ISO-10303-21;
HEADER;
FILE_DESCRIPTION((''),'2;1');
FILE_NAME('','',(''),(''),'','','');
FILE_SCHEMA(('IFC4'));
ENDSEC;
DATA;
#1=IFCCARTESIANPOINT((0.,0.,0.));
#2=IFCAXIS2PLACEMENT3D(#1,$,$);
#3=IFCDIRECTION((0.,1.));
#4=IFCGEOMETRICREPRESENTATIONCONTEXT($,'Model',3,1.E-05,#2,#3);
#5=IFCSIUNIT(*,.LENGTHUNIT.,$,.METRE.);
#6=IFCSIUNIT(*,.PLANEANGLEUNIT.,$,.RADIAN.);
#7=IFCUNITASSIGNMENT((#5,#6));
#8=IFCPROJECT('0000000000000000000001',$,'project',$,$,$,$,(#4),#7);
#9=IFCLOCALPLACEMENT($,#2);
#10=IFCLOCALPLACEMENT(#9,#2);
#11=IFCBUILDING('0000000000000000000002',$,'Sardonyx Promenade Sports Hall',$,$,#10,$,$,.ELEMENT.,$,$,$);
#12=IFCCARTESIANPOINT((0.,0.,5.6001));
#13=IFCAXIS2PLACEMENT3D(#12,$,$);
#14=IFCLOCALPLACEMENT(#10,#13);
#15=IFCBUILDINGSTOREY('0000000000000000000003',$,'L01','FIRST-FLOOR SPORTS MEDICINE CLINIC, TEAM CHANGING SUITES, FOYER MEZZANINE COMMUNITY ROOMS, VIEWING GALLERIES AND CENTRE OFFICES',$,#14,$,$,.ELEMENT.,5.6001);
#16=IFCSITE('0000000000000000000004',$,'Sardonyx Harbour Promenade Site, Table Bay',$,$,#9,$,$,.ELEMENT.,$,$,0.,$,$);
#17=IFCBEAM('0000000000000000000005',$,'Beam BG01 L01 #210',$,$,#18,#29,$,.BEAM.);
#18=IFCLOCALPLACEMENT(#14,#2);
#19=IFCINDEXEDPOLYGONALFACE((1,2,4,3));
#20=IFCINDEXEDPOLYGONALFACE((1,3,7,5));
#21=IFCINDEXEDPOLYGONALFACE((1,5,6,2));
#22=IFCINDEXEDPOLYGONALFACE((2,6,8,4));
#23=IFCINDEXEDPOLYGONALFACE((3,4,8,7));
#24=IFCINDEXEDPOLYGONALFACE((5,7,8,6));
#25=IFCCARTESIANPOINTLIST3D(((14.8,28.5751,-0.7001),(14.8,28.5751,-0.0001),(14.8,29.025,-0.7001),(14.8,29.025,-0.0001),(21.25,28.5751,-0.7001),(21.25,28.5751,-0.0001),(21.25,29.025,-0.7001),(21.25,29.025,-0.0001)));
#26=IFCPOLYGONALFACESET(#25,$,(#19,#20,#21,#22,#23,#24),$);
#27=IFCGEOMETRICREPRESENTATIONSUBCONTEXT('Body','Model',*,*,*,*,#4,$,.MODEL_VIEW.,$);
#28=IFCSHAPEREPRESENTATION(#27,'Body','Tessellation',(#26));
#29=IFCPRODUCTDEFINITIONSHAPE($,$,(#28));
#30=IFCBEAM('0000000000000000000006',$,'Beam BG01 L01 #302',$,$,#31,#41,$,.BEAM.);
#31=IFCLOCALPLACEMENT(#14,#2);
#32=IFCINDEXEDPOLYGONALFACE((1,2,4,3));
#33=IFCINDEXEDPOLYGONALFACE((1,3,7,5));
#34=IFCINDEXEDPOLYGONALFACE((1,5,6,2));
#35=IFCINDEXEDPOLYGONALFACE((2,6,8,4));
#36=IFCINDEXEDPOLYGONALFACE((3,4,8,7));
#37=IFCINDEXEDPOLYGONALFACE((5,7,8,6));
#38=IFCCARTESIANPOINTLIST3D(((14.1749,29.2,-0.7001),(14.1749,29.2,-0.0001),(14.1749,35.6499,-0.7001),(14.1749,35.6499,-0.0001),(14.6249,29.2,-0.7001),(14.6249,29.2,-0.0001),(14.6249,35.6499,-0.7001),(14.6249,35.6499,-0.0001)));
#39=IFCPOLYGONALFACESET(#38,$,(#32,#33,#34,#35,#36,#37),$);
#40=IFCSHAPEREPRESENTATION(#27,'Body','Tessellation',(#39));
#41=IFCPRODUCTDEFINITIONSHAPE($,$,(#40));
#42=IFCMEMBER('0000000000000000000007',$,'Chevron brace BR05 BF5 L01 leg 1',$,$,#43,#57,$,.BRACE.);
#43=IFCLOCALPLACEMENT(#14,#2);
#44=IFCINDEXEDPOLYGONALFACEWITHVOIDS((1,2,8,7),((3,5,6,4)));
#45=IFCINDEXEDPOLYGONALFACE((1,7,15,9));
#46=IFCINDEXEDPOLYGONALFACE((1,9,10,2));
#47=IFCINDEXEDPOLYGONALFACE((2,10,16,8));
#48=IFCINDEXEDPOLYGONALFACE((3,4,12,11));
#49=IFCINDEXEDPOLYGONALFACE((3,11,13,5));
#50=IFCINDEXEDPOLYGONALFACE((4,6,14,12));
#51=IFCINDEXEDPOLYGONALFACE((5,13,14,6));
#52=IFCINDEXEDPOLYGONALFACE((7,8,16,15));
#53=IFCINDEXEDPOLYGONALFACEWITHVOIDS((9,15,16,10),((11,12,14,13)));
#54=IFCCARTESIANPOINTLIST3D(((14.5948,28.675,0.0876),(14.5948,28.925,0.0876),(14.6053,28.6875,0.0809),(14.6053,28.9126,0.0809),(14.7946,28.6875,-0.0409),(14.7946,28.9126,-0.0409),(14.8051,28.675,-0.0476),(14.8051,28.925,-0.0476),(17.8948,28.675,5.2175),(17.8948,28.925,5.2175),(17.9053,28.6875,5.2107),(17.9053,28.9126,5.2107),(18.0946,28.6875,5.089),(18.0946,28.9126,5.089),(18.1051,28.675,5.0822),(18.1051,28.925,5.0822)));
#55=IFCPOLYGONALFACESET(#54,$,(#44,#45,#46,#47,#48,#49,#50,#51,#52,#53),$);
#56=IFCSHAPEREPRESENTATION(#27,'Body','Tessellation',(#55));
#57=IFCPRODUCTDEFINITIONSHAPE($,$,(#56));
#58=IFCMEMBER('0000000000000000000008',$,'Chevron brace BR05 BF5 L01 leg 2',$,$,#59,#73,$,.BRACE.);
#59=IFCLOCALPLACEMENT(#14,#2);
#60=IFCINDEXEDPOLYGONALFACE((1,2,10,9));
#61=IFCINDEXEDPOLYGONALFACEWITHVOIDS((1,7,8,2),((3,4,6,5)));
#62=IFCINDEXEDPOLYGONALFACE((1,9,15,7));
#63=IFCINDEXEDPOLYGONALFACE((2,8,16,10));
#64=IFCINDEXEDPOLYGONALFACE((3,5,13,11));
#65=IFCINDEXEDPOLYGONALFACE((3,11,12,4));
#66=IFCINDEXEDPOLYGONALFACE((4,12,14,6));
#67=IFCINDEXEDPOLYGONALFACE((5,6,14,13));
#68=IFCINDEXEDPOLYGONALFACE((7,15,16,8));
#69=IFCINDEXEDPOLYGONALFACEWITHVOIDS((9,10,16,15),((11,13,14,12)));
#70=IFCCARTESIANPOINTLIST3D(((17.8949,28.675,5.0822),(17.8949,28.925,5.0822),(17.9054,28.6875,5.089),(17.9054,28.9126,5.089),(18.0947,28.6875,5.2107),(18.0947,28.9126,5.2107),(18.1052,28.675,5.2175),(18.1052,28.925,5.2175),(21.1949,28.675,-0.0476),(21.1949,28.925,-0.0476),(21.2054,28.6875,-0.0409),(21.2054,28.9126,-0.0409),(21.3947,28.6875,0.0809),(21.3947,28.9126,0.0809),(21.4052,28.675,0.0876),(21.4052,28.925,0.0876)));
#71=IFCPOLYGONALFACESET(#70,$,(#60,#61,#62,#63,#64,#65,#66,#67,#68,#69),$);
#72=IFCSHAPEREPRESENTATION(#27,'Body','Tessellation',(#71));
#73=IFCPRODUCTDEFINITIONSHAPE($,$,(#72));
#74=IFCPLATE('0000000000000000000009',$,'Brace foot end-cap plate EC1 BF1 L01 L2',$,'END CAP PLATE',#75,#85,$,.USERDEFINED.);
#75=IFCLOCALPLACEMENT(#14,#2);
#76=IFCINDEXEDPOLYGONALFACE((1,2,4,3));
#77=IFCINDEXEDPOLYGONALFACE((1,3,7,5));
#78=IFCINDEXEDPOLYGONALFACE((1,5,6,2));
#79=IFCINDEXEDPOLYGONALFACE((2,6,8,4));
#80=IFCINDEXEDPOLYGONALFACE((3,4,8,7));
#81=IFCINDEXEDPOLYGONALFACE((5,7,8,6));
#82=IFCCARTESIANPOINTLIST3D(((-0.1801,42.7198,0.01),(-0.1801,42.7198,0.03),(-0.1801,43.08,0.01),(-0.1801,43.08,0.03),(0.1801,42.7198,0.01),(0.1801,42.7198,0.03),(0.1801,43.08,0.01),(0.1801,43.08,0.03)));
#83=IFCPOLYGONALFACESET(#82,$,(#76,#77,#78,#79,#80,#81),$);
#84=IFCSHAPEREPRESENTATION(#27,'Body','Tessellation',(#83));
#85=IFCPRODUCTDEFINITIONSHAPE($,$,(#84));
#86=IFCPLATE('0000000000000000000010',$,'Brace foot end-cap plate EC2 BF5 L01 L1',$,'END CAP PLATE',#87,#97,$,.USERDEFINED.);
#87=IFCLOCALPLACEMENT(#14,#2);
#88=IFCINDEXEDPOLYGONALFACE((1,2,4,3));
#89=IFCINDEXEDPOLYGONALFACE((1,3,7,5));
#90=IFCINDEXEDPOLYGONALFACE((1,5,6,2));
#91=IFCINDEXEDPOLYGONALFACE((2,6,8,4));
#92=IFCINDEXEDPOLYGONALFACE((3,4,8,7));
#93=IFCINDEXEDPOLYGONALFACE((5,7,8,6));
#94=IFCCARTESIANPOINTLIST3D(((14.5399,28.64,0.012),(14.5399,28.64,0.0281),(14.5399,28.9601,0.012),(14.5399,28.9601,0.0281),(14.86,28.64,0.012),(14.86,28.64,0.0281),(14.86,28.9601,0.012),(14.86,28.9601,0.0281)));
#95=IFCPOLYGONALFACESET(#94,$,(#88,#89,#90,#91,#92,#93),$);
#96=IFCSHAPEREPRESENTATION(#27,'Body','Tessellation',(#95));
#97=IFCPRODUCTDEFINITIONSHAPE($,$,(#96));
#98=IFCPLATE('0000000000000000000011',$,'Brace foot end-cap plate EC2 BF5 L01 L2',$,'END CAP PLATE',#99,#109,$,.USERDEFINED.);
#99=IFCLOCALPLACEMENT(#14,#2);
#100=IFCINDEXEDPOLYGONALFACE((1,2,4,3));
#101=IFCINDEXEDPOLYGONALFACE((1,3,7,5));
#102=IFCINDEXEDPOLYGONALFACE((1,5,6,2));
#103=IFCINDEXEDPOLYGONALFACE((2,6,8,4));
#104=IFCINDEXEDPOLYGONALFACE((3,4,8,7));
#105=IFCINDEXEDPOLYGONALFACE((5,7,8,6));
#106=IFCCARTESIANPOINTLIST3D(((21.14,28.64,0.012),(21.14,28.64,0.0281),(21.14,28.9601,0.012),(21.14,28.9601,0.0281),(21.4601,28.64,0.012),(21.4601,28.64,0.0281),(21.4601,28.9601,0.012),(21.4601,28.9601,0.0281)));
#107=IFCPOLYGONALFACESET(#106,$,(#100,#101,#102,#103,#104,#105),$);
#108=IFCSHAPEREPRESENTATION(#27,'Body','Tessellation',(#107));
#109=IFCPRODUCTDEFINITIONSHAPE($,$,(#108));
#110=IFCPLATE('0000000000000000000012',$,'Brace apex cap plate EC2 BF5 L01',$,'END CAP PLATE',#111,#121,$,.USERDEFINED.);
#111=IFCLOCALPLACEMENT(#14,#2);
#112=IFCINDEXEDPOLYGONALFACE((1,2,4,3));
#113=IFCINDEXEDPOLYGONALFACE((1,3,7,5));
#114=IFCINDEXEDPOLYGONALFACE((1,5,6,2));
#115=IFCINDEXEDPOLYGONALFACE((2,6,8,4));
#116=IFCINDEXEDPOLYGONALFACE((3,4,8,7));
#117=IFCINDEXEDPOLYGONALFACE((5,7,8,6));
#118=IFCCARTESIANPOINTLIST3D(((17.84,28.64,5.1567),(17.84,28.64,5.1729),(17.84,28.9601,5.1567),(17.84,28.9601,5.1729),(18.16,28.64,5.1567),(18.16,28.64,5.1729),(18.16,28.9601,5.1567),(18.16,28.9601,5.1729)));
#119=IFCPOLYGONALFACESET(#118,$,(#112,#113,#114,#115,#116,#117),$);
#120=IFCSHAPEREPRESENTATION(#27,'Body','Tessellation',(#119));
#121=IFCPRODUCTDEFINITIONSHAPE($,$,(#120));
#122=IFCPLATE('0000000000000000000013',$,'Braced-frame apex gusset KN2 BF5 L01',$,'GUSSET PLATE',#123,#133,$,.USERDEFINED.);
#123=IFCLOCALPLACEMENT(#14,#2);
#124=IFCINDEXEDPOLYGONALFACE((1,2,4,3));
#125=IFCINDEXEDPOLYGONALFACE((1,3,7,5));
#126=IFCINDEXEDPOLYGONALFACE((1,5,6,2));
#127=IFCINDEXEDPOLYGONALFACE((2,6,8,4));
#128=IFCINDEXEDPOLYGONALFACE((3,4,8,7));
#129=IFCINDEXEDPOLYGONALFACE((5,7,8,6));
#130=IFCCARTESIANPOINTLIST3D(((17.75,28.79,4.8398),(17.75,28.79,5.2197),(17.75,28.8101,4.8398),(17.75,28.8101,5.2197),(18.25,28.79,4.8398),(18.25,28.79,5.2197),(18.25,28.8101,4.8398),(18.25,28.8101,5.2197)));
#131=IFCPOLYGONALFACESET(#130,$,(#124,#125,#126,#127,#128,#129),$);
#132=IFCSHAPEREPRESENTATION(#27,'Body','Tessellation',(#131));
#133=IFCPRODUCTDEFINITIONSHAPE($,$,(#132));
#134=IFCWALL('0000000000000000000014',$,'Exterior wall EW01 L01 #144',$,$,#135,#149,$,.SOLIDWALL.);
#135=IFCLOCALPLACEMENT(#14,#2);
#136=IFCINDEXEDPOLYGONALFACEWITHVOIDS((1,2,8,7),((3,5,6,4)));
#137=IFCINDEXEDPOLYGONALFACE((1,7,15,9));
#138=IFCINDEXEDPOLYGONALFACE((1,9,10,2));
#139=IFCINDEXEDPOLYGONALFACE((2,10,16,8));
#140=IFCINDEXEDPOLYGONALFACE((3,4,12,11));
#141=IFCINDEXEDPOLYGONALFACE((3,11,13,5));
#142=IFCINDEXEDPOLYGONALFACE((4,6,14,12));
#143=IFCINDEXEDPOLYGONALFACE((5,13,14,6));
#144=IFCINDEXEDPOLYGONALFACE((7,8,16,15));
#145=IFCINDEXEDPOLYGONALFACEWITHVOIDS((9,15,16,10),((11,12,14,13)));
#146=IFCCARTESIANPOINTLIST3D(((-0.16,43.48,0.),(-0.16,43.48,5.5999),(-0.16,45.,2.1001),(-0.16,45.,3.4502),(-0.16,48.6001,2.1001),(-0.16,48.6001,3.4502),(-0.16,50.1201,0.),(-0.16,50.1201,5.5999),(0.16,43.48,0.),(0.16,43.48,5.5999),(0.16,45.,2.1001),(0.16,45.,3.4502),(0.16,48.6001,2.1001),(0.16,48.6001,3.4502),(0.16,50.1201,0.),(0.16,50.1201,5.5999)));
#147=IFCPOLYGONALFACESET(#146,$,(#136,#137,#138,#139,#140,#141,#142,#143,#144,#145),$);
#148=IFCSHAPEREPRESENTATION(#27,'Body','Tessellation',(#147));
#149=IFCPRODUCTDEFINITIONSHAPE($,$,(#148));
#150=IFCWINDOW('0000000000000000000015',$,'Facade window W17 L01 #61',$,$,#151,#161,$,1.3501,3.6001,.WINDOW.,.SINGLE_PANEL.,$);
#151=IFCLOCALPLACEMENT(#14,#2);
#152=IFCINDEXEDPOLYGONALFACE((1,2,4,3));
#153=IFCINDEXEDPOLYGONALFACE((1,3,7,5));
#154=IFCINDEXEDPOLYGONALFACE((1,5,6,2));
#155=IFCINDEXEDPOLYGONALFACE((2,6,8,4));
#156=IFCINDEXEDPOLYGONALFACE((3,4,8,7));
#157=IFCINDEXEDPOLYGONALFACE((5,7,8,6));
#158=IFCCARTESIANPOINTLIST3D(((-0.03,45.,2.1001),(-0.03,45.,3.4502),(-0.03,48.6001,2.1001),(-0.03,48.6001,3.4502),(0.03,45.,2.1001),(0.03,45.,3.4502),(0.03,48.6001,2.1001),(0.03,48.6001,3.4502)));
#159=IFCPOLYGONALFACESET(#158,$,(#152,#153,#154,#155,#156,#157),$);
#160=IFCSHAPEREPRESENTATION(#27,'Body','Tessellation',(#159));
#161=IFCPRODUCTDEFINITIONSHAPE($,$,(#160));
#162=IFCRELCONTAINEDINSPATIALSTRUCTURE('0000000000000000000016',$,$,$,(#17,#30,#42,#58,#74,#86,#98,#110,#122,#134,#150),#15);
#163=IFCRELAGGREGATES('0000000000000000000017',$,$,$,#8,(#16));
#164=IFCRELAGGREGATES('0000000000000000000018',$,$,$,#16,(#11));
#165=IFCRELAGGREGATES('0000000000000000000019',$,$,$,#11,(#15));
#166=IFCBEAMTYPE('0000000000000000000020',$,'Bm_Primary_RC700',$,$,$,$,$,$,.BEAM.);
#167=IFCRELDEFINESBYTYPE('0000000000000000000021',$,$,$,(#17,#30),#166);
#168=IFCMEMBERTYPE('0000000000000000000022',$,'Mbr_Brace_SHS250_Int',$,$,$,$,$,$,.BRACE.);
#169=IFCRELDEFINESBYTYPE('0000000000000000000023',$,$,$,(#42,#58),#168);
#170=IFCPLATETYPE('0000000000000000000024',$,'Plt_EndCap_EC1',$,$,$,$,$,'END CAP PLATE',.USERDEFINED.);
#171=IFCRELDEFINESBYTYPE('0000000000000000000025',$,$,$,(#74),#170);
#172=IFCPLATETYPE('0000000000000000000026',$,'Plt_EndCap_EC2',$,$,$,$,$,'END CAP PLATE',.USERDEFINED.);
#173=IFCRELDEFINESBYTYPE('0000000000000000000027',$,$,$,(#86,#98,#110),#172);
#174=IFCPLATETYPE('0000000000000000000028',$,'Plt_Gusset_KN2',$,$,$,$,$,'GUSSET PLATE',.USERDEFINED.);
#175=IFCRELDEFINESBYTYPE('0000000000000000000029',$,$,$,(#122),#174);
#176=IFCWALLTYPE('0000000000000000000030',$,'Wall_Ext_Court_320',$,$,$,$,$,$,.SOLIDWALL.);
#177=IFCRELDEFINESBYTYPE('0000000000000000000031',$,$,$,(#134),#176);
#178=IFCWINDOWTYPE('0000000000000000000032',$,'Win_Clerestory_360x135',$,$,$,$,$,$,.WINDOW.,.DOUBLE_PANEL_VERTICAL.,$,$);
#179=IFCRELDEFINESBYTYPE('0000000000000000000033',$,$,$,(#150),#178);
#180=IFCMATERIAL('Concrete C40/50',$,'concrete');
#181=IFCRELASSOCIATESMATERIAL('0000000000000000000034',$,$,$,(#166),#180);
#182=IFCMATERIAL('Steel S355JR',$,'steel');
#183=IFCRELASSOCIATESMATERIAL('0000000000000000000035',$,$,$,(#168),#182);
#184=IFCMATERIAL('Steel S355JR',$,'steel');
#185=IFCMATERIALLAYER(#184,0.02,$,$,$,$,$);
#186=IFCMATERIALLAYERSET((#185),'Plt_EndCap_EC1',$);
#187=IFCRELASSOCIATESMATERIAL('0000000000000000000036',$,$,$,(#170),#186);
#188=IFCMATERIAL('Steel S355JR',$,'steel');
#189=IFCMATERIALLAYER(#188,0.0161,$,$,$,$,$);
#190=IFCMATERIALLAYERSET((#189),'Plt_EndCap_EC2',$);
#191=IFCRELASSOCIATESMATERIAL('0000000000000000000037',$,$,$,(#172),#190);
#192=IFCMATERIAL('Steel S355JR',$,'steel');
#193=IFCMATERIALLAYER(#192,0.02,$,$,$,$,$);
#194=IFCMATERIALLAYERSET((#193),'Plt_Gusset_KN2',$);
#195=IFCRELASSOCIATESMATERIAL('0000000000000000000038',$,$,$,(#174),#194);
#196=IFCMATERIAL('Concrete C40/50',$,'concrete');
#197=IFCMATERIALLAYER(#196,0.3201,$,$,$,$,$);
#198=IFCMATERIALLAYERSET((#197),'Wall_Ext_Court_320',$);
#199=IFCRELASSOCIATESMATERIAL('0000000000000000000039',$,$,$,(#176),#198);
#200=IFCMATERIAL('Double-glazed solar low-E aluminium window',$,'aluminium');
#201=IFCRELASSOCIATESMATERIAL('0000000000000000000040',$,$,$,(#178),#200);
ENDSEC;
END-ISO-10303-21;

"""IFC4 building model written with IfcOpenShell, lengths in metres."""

from ifc_helpers import new_model, si_unit, direction, frame, frame_2d, origin, origin_2d, place, context, subcontext, project, spatial, rectangle, hollow_rectangle, extrude, material, layer, layer_set, material_profile, profile_set, type_object, element, fill, save


model = new_model("IFC4")

# Units and contexts
model_context = context("Model", 3, precision=1e-05, world=origin(), true_north=direction((0.0, 1.0)))
body_context = subcontext(model_context, "Body", "Model", "MODEL_VIEW")
ifc_project = project(units=[si_unit("LENGTHUNIT", "METRE"), si_unit("PLANEANGLEUNIT", "RADIAN")], contexts=[model_context])

# Site, building, storey
site_placement = place(None, origin())
site = spatial("IfcSite", under=ifc_project, at=site_placement, Name="Sardonyx Harbour Promenade Site, Table Bay", CompositionType="ELEMENT", RefElevation=0.0)
building_placement = place(site_placement, origin())
building = spatial("IfcBuilding", under=site, at=building_placement, Name="Sardonyx Promenade Sports Hall", CompositionType="ELEMENT")
storey_placement = place(building_placement, frame((0.0, 0.0, 5.6001)))
storey = spatial("IfcBuildingStorey", under=building, at=storey_placement, Name="L01", Description="FIRST-FLOOR SPORTS MEDICINE CLINIC, TEAM CHANGING SUITES, FOYER MEZZANINE COMMUNITY ROOMS, VIEWING GALLERIES AND CENTRE OFFICES", CompositionType="ELEMENT", Elevation=5.6001)

# Beams
ifc_material_1 = material(Name="Concrete C40/50", Category="concrete")
ifc_material_profile_1 = material_profile(ifc_material_1, rectangle(XDim=0.45, YDim=0.7, at=origin_2d()))
ifc_profile_set_1 = profile_set([ifc_material_profile_1], Name="Concrete C40/50")
beam_type_1 = type_object("IfcBeamType", Name="Bm_Primary_RC700", PredefinedType="BEAM", material=ifc_profile_set_1)
for number, where, z_axis, x_axis, name in (
    (1, (14.8, 28.8, -0.3501), (1.0, 0.0, 0.0), (0.0, 1.0, 0.0), "Beam BG01 L01 #210"),
    (2, (14.3999, 29.2, -0.3501), (0.0, 1.0, 0.0), (-1.0, 0.0, 0.0), "Beam BG01 L01 #302"),
):
    element("IfcBeam", number, at=place(storey_placement, frame(where, z_axis=z_axis, x_axis=x_axis)), inside=storey, type_object=beam_type_1, Name=name, PredefinedType="BEAM", context=body_context, shape_type="SweptSolid", body=[
        extrude(rectangle(XDim=0.45, YDim=0.7, at=origin_2d()), origin(), (0.0, 0.0, 1.0), 6.45),
    ])

# Members
ifc_material_2 = material(Name="Steel S355JR", Category="steel")
ifc_material_profile_2 = material_profile(ifc_material_2, hollow_rectangle(XDim=0.25, YDim=0.25, WallThickness=0.0125, at=origin_2d()))
ifc_profile_set_2 = profile_set([ifc_material_profile_2], Name="Steel S355JR")
member_type = type_object("IfcMemberType", Name="Mbr_Brace_SHS250_Int", PredefinedType="BRACE", material=ifc_profile_set_2)
for number, where, z_axis, x_axis, name in (
    (3, (14.7, 28.8, 0.02), (0.541021, 0.0, 0.841009), (0.0, 1.0, 0.0), "Chevron brace BR05 BF5 L01 leg 1"),
    (4, (21.3, 28.8, 0.02), (-0.541021, 0.0, 0.841009), (0.0, -1.0, 0.0), "Chevron brace BR05 BF5 L01 leg 2"),
):
    element("IfcMember", number, at=place(storey_placement, frame(where, z_axis=z_axis, x_axis=x_axis)), inside=storey, type_object=member_type, Name=name, PredefinedType="BRACE", context=body_context, shape_type="SweptSolid", body=[
        extrude(hollow_rectangle(XDim=0.25, YDim=0.25, WallThickness=0.0125, at=origin_2d()), origin(), (0.0, 0.0, 1.0), 6.0996),
    ])

# Plates
ifc_material_3 = material(Name="Steel S355JR", Category="steel")
ifc_layer_1 = layer(ifc_material_3, 0.02)
ifc_layer_set_1 = layer_set([ifc_layer_1], Name="Plt_EndCap_EC1")
plate_type_1 = type_object("IfcPlateType", Name="Plt_EndCap_EC1", ElementType="END CAP PLATE", PredefinedType="USERDEFINED", material=ifc_layer_set_1)
plate_1_placement = place(storey_placement, frame((0.0, 42.8999, 0.01), z_axis=(0.0, 0.0, 1.0), x_axis=(1.0, 0.0, 0.0)))
element("IfcPlate", 5, at=plate_1_placement, inside=storey, type_object=plate_type_1, Name="Brace foot end-cap plate EC1 BF1 L01 L2", ObjectType="END CAP PLATE", PredefinedType="USERDEFINED", context=body_context, shape_type="SweptSolid", body=[
    extrude(rectangle(XDim=0.3601, YDim=0.3601, at=origin_2d()), origin(), (0.0, 0.0, 1.0), 0.02),
])
ifc_material_4 = material(Name="Steel S355JR", Category="steel")
ifc_layer_2 = layer(ifc_material_4, 0.0161)
ifc_layer_set_2 = layer_set([ifc_layer_2], Name="Plt_EndCap_EC2")
plate_type_2 = type_object("IfcPlateType", Name="Plt_EndCap_EC2", ElementType="END CAP PLATE", PredefinedType="USERDEFINED", material=ifc_layer_set_2)
for number, where, z_axis, x_axis, name in (
    (6, (14.7, 28.8, 0.012), (0.0, 0.0, 1.0), (1.0, 0.0, 0.0), "Brace foot end-cap plate EC2 BF5 L01 L1"),
    (7, (21.3, 28.8, 0.012), (0.0, 0.0, 1.0), (1.0, 0.0, 0.0), "Brace foot end-cap plate EC2 BF5 L01 L2"),
    (8, (18.0, 28.8, 5.1567), (0.0, 0.0, 1.0), (1.0, 0.0, 0.0), "Brace apex cap plate EC2 BF5 L01"),
):
    element("IfcPlate", number, at=place(storey_placement, frame(where, z_axis=z_axis, x_axis=x_axis)), inside=storey, type_object=plate_type_2, Name=name, ObjectType="END CAP PLATE", PredefinedType="USERDEFINED", context=body_context, shape_type="SweptSolid", body=[
        extrude(rectangle(XDim=0.3201, YDim=0.3201, at=origin_2d()), origin(), (0.0, 0.0, 1.0), 0.0161),
    ])
ifc_material_5 = material(Name="Steel S355JR", Category="steel")
ifc_layer_3 = layer(ifc_material_5, 0.02)
ifc_layer_set_3 = layer_set([ifc_layer_3], Name="Plt_Gusset_KN2")
plate_type_3 = type_object("IfcPlateType", Name="Plt_Gusset_KN2", ElementType="GUSSET PLATE", PredefinedType="USERDEFINED", material=ifc_layer_set_3)
plate_2_placement = place(storey_placement, frame((18.0, 28.8, 4.8398), z_axis=(0.0, 0.0, 1.0), x_axis=(1.0, 0.0, 0.0)))
element("IfcPlate", 9, at=plate_2_placement, inside=storey, type_object=plate_type_3, Name="Braced-frame apex gusset KN2 BF5 L01", ObjectType="GUSSET PLATE", PredefinedType="USERDEFINED", context=body_context, shape_type="SweptSolid", body=[
    extrude(rectangle(XDim=0.5, YDim=0.02, at=origin_2d()), origin(), (0.0, 0.0, 1.0), 0.3799),
])

# Wall, opening, window
ifc_material_6 = material(Name="Concrete C40/50", Category="concrete")
ifc_layer_4 = layer(ifc_material_6, 0.3201)
ifc_layer_set_4 = layer_set([ifc_layer_4], Name="Wall_Ext_Court_320")
wall_type_1 = type_object("IfcWallType", Name="Wall_Ext_Court_320", PredefinedType="SOLIDWALL", material=ifc_layer_set_4)
wall_1_placement = place(storey_placement, frame((0.0, 43.48, 0.0), z_axis=(0.0, 0.0, 1.0), x_axis=(0.0, 1.0, 0.0)))
wall_1 = element("IfcWall", 10, at=wall_1_placement, inside=storey, type_object=wall_type_1, Name="Exterior wall EW01 L01 #144", PredefinedType="SOLIDWALL", context=body_context, shape_type="SweptSolid", body=[
    extrude(rectangle(XDim=6.6401, YDim=0.3201, at=frame_2d((3.3201, 0.0))), origin(), (0.0, 0.0, 1.0), 5.5999),
])
opening_1_placement = place(wall_1_placement, frame((1.52, 0.0, 2.1001)))
opening_1 = element("IfcOpeningElement", 11, at=opening_1_placement, cuts=wall_1, PredefinedType="OPENING", context=body_context, shape_type="SweptSolid", body=[
    extrude(rectangle(XDim=3.6001, YDim=1.3501, at=frame_2d((1.8, 0.675))), frame((0.0, 0.17, 0.0), z_axis=(0.0, -1.0, 0.0), x_axis=(1.0, 0.0, 0.0)), (0.0, 0.0, 1.0), 0.34),
])
ifc_material_7 = material(Name="Double-glazed solar low-E aluminium window", Category="aluminium")
window_type_1 = type_object("IfcWindowType", Name="Win_Clerestory_360x135", PartitioningType="DOUBLE_PANEL_VERTICAL", PredefinedType="WINDOW", material=ifc_material_7)
window_1_placement = place(opening_1_placement, origin())
window_1 = element("IfcWindow", 12, at=window_1_placement, inside=storey, type_object=window_type_1, Name="Facade window W17 L01 #61", OverallHeight=1.3501, OverallWidth=3.6001, PartitioningType="SINGLE_PANEL", PredefinedType="WINDOW", context=body_context, shape_type="SweptSolid", body=[
    extrude(rectangle(XDim=3.6001, YDim=1.3501, at=frame_2d((1.8, 0.675))), frame((0.0, 0.03, 0.0), z_axis=(0.0, -1.0, 0.0), x_axis=(1.0, 0.0, 0.0)), (0.0, 0.0, 1.0), 0.0601),
])
fill(opening_1, window_1)

save(model, "model.ifc")
